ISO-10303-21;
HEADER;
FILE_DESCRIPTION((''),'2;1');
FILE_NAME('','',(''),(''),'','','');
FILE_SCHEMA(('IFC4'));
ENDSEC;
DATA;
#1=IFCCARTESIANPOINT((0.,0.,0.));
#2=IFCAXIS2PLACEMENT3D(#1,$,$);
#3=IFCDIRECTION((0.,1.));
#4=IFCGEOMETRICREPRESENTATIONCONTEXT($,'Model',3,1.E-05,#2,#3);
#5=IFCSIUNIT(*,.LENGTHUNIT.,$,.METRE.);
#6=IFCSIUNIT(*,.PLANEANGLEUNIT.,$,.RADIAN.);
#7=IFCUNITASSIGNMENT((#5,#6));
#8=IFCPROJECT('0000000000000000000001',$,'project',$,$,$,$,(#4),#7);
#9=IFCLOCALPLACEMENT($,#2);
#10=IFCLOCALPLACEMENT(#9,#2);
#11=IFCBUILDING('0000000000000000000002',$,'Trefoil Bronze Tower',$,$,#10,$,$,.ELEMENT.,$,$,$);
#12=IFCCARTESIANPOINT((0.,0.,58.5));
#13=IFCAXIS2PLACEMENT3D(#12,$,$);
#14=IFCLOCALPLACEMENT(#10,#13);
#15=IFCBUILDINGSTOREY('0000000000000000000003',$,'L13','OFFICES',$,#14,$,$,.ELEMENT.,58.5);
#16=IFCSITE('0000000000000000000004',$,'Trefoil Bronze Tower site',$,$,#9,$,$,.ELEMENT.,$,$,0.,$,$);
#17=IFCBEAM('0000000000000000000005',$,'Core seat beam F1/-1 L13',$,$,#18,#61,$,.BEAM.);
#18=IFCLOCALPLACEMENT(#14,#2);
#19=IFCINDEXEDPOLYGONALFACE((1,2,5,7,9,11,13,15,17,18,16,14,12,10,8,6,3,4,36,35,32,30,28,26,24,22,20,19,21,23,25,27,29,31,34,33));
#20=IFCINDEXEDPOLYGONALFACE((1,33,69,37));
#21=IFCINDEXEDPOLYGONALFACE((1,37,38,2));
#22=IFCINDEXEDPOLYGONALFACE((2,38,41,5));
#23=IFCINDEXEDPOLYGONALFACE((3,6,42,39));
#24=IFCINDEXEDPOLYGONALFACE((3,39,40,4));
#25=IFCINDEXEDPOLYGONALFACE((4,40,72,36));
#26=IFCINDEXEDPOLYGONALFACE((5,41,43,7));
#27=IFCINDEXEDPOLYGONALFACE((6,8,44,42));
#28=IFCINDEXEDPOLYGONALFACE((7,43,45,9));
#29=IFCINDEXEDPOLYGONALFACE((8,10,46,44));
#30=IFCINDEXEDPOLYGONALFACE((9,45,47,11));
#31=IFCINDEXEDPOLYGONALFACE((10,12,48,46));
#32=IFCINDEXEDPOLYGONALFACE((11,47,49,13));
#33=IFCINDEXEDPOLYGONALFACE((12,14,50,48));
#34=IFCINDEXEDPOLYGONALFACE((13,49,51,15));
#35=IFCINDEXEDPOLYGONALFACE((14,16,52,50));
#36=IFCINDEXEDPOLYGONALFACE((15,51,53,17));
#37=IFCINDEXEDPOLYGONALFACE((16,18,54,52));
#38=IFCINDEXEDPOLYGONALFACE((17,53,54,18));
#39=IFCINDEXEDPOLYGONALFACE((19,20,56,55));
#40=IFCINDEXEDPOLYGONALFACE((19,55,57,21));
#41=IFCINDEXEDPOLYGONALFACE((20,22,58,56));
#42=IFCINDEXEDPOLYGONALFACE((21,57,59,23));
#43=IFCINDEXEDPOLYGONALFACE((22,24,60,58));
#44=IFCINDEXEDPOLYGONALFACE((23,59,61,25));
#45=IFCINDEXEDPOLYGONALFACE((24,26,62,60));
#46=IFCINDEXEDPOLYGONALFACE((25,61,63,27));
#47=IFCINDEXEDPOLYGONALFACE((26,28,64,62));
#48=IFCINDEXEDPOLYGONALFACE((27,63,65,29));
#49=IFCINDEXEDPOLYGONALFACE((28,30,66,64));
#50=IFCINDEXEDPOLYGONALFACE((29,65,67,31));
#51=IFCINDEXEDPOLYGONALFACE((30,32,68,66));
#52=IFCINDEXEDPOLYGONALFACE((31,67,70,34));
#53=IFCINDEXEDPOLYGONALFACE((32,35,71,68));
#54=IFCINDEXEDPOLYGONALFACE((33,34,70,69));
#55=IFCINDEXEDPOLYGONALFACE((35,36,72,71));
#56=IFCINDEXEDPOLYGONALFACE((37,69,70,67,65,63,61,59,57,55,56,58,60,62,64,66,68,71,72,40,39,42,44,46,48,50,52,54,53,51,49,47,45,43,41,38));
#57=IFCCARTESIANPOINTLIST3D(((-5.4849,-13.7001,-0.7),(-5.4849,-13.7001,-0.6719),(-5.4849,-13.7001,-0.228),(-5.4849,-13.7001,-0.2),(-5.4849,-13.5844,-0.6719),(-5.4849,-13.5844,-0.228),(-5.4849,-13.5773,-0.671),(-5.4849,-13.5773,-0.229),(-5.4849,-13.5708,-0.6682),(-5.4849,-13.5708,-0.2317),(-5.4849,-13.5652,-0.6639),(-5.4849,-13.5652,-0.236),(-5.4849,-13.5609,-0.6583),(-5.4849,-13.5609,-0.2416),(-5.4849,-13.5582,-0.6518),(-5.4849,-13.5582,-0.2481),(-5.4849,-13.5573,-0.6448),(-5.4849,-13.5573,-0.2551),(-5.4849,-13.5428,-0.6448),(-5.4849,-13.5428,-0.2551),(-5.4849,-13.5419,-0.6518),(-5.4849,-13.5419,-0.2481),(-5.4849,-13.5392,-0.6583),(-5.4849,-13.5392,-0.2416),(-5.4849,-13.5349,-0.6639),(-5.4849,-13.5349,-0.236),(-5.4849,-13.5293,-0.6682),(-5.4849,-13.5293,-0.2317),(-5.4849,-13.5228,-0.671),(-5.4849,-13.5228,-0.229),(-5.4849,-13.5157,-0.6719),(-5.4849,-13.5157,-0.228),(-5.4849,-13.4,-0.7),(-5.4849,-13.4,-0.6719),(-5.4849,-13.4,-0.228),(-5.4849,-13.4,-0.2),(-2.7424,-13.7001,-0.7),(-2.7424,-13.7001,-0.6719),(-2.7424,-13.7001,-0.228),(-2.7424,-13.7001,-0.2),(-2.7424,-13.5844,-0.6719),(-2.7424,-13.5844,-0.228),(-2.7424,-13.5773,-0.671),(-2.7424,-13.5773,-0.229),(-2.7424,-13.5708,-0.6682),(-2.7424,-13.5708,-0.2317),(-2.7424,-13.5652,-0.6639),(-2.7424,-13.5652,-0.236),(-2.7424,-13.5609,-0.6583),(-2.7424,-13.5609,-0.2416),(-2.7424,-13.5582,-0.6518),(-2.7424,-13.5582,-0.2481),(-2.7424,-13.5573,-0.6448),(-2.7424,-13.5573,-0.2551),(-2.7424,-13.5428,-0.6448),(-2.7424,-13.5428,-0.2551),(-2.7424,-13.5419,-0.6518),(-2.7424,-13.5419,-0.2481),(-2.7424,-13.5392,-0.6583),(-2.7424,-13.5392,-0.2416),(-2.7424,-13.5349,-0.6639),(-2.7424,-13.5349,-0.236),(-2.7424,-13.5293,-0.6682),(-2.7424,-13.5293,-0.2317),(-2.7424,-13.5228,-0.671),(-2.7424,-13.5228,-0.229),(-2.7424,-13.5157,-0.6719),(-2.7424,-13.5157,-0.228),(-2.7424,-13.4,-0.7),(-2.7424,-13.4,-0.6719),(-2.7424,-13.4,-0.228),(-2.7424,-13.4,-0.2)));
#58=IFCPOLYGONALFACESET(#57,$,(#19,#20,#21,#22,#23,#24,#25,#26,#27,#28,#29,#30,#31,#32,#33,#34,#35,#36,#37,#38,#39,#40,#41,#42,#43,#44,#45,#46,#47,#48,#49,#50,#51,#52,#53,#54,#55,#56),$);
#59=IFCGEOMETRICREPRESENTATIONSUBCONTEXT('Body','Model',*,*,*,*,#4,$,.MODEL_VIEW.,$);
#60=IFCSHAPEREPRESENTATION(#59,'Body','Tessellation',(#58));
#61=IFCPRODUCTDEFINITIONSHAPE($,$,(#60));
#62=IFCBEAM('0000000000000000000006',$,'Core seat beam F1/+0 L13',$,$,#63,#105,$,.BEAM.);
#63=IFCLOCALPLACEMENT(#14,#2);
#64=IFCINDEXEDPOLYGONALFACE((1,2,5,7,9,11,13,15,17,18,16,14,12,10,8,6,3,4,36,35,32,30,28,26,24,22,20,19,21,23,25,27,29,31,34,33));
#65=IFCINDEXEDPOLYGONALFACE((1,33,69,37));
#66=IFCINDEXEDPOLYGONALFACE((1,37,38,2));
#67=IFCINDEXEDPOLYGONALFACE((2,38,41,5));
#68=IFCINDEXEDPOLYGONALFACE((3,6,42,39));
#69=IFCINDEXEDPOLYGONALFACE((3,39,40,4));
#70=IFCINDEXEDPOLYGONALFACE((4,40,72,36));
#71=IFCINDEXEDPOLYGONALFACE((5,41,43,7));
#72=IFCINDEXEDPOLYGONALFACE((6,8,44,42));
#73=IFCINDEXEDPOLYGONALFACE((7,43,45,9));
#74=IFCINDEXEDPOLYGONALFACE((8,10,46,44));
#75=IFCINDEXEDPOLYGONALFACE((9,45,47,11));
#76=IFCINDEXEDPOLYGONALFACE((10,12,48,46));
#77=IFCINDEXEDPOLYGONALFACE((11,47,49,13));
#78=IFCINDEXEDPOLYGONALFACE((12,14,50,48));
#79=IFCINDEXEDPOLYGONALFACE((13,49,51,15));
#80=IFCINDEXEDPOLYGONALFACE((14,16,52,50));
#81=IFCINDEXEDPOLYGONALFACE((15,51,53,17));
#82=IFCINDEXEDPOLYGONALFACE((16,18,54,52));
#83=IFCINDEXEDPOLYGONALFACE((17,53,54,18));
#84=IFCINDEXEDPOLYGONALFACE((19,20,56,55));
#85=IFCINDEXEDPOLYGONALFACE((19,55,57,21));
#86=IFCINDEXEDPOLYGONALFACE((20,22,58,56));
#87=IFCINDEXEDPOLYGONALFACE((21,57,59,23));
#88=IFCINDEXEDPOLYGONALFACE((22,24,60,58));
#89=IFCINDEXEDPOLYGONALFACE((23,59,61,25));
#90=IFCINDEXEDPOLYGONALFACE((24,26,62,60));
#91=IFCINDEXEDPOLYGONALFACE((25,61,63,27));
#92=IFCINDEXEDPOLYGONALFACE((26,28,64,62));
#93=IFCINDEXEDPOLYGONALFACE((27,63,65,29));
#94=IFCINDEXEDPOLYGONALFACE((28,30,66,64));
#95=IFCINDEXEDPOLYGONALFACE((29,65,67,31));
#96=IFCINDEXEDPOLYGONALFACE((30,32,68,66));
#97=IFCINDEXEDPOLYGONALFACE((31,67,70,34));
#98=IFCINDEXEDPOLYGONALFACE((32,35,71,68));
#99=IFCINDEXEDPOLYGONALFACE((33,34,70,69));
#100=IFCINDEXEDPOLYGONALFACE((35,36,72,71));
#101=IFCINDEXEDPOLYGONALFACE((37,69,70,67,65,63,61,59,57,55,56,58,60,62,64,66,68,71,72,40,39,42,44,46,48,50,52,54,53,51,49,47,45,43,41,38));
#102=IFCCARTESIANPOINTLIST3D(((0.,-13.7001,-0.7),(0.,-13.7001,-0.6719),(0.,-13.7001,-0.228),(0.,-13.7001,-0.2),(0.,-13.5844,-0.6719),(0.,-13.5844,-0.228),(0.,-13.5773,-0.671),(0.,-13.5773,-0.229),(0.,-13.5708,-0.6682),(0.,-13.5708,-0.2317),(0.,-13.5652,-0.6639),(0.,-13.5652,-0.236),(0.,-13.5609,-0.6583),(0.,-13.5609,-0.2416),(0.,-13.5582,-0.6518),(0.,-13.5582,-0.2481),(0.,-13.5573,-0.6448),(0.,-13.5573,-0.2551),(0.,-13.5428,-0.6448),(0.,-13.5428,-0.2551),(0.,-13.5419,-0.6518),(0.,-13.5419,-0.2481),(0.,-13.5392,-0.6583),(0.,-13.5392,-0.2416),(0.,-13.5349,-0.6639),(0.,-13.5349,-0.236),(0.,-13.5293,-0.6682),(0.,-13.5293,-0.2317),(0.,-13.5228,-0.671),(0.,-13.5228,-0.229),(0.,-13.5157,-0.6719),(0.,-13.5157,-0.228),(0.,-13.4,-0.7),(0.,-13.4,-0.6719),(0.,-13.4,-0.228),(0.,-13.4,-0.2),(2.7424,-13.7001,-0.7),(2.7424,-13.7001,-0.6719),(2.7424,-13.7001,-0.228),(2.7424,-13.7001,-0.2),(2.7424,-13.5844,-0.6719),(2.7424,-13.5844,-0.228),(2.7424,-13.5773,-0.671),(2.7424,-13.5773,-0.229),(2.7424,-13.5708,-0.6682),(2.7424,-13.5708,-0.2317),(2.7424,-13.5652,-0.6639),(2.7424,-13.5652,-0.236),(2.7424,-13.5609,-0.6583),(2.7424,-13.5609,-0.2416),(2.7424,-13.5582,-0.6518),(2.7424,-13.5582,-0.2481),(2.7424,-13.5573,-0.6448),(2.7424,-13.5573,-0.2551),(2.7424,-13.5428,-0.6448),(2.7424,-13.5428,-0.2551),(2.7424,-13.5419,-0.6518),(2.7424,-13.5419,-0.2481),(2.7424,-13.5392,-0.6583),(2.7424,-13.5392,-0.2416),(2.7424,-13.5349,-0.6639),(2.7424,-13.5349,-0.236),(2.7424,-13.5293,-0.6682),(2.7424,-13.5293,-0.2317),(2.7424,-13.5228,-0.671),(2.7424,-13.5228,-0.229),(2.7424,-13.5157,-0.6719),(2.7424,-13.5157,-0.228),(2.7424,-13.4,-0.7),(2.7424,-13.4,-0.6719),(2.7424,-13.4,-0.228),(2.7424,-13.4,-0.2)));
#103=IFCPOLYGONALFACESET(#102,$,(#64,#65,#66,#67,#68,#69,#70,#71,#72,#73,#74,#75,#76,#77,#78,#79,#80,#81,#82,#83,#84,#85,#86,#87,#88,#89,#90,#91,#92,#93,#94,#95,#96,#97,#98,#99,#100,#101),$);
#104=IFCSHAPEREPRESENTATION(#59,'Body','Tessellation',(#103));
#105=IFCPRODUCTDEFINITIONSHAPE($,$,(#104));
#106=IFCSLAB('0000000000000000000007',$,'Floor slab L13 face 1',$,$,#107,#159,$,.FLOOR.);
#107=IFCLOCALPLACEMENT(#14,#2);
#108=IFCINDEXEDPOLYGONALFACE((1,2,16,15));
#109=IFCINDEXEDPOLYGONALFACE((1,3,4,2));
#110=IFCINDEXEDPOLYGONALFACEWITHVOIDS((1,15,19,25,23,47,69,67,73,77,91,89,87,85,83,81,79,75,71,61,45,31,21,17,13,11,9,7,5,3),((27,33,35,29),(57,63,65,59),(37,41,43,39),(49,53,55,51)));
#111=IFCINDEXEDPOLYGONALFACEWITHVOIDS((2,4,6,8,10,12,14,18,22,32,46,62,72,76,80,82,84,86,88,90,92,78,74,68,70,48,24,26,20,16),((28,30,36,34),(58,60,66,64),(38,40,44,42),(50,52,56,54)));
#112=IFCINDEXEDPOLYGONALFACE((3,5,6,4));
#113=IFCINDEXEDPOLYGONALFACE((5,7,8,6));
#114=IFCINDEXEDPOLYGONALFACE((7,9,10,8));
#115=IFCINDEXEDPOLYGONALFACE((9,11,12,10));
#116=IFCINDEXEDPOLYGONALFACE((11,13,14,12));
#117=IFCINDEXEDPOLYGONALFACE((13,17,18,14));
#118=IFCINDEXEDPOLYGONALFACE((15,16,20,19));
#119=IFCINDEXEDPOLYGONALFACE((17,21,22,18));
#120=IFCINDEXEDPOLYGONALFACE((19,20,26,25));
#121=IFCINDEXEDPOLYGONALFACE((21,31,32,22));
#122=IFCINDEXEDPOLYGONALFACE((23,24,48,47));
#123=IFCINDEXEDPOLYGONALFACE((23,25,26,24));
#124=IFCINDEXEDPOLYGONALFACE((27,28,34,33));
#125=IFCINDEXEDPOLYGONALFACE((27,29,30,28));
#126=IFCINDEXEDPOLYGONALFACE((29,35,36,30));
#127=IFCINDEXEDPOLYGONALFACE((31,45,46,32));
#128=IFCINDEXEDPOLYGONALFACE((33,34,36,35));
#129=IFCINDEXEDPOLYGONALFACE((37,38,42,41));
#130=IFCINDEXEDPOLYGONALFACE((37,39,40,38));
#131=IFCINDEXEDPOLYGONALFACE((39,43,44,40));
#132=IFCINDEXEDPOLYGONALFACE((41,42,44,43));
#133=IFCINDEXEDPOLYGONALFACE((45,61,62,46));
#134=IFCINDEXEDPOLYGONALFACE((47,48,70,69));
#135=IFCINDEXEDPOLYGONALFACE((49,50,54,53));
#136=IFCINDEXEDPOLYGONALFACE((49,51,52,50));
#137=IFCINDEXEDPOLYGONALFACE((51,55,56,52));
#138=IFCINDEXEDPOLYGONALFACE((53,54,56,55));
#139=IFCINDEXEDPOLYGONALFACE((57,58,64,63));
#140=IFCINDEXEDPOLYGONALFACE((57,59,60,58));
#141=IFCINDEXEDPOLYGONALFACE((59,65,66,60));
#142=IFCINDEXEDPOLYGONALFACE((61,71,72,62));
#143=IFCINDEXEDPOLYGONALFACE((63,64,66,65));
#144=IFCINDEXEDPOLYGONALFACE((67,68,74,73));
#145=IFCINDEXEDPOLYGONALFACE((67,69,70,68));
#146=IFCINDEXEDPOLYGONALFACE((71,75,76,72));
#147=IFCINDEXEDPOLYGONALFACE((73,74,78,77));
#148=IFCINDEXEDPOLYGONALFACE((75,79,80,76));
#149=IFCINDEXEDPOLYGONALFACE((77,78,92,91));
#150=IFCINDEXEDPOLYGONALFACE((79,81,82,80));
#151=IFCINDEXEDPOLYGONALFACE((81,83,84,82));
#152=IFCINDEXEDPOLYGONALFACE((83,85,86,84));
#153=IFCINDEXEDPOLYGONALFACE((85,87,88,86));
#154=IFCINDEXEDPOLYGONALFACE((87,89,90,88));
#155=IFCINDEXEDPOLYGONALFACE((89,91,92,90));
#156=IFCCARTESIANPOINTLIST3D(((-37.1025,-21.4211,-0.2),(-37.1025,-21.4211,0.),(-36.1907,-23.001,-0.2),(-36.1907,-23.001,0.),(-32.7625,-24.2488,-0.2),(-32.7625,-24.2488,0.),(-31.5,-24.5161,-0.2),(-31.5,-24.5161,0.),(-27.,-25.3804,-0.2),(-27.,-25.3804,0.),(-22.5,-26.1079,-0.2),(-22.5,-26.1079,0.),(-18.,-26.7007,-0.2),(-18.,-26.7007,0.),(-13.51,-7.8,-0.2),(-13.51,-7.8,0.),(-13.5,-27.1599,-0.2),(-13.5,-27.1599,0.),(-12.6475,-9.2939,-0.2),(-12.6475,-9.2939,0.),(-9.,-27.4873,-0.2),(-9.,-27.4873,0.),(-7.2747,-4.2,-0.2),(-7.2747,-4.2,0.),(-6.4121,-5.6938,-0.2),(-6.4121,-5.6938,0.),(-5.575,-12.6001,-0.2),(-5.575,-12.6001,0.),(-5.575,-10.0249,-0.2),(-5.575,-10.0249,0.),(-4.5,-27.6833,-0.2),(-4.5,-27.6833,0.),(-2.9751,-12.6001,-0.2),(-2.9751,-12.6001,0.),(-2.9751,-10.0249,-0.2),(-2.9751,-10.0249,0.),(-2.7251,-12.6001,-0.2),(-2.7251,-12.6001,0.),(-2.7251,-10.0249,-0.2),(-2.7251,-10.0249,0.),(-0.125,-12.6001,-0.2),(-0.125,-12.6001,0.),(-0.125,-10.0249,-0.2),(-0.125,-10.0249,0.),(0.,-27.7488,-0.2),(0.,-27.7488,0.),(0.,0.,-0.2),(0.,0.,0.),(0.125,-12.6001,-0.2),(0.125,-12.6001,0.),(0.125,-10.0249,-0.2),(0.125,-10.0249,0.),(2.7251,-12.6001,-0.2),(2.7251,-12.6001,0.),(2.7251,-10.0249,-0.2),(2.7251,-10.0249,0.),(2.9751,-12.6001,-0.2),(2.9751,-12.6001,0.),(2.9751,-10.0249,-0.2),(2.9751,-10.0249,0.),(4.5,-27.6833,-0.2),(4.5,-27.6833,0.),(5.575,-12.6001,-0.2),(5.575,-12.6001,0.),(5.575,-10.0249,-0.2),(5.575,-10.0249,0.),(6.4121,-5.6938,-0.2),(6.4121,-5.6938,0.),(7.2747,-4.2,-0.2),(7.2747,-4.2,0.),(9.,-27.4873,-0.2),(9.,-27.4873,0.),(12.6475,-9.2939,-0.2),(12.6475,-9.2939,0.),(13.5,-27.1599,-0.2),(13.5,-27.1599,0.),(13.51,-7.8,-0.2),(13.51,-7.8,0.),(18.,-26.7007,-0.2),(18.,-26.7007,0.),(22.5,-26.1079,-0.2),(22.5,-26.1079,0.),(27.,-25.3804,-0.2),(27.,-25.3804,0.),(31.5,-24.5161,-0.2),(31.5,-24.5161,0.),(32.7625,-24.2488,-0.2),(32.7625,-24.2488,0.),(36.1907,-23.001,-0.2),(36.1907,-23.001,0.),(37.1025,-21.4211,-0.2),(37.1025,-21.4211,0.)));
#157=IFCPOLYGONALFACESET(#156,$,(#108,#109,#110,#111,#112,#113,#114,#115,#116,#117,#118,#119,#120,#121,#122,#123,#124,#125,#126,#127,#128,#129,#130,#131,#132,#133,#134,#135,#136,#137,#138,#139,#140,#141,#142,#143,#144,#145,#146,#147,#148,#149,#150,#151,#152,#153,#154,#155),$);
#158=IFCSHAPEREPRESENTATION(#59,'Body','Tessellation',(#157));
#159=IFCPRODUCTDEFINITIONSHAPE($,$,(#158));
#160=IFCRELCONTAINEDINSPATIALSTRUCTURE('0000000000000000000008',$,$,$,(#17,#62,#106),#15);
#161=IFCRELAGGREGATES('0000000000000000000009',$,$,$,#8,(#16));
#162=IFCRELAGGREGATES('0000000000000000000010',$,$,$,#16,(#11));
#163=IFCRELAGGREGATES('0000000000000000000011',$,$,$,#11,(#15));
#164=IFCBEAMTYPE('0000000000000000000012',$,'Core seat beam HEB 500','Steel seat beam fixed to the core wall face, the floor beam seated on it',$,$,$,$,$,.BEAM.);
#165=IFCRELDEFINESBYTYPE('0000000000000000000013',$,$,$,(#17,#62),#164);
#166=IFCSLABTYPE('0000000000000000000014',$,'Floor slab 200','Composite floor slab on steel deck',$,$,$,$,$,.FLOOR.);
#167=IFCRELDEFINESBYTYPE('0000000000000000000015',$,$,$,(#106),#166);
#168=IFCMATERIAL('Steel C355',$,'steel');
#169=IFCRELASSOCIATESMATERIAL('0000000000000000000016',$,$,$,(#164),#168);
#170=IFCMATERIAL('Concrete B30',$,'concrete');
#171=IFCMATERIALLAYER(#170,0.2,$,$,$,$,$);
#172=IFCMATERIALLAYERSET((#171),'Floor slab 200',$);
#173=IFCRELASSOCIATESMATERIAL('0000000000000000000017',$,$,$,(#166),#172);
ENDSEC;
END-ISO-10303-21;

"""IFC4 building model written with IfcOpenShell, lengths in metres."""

from ifc_helpers import new_model, si_unit, direction, frame, origin, origin_2d, place, context, subcontext, project, spatial, polyline, i_section, outline, extrude, material, layer, layer_set, material_profile, profile_set, type_object, element, save


model = new_model("IFC4")

# Units and contexts
model_context = context("Model", 3, precision=1e-05, world=origin(), true_north=direction((0.0, 1.0)))
body_context = subcontext(model_context, "Body", "Model", "MODEL_VIEW")
ifc_project = project(units=[si_unit("LENGTHUNIT", "METRE"), si_unit("PLANEANGLEUNIT", "RADIAN")], contexts=[model_context])

# Site, building, storey
site_placement = place(None, origin())
site = spatial("IfcSite", under=ifc_project, at=site_placement, Name="Trefoil Bronze Tower site", CompositionType="ELEMENT", RefElevation=0.0)
building_placement = place(site_placement, origin())
building = spatial("IfcBuilding", under=site, at=building_placement, Name="Trefoil Bronze Tower", CompositionType="ELEMENT")
storey_placement = place(building_placement, frame((0.0, 0.0, 58.5)))
storey = spatial("IfcBuildingStorey", under=building, at=storey_placement, Name="L13", Description="OFFICES", CompositionType="ELEMENT", Elevation=58.5)

# Beams
ifc_material_1 = material(Name="Steel C355", Category="steel")
ifc_material_profile = material_profile(ifc_material_1, i_section(OverallWidth=0.3, OverallDepth=0.5, WebThickness=0.0144, FlangeThickness=0.0281, FilletRadius=0.0271, at=origin_2d()), Name="HEB 500")
ifc_profile_set = profile_set([ifc_material_profile], Name="Steel C355")
beam_type = type_object("IfcBeamType", Name="Core seat beam HEB 500", Description="Steel seat beam fixed to the core wall face, the floor beam seated on it", PredefinedType="BEAM", material=ifc_profile_set)
for number, where, z_axis, x_axis, name in (
    (1, (-5.4849, -13.55, -0.45), (1.0, 0.0, 0.0), (0.0, 1.0, 0.0), "Core seat beam F1/-1 L13"),
    (2, (0.0, -13.55, -0.45), (1.0, 0.0, 0.0), (0.0, 1.0, 0.0), "Core seat beam F1/+0 L13"),
):
    element("IfcBeam", number, at=place(storey_placement, frame(where, z_axis=z_axis, x_axis=x_axis)), inside=storey, type_object=beam_type, Name=name, PredefinedType="BEAM", context=body_context, shape_type="SweptSolid", body=[
        extrude(i_section(OverallWidth=0.3, OverallDepth=0.5, WebThickness=0.0144, FlangeThickness=0.0281, FilletRadius=0.0271, at=origin_2d()), origin(), (0.0, 0.0, 1.0), 2.7424),
    ])

# Slab
ifc_material_2 = material(Name="Concrete B30", Category="concrete")
ifc_layer_1 = layer(ifc_material_2, 0.2)
ifc_layer_set_1 = layer_set([ifc_layer_1], Name="Floor slab 200")
slab_type = type_object("IfcSlabType", Name="Floor slab 200", Description="Composite floor slab on steel deck", PredefinedType="FLOOR", material=ifc_layer_set_1)
slab_1_placement = place(storey_placement, frame((0.0, 0.0, -0.2)))
element("IfcSlab", 3, at=slab_1_placement, inside=storey, type_object=slab_type, Name="Floor slab L13 face 1", PredefinedType="FLOOR", context=body_context, shape_type="SweptSolid", body=[
    extrude(outline(polyline([(27.0, -25.3804), (22.5, -26.1079), (18.0, -26.7007), (13.5, -27.1599), (9.0, -27.4873), (4.5, -27.6833), (0.0, -27.7488), (-4.5, -27.6833), (-9.0, -27.4873), (-13.5, -27.1599), (-18.0, -26.7007), (-22.5, -26.1079), (-27.0, -25.3804), (-31.5, -24.5161), (-32.7625, -24.2488), (-36.1907, -23.001), (-37.1025, -21.4211), (-13.51, -7.8), (-12.6475, -9.2939), (-6.4121, -5.6938), (-7.2747, -4.2), (0.0, 0.0), (7.2747, -4.2), (6.4121, -5.6938), (12.6475, -9.2939), (13.51, -7.8), (37.1025, -21.4211), (36.1907, -23.001), (32.7625, -24.2488), (31.5, -24.5161), (27.0, -25.3804)]), holes=[polyline([(-5.575, -10.0249), (-2.9751, -10.0249), (-2.9751, -12.6001), (-5.575, -12.6001), (-5.575, -10.0249)]), polyline([(-2.7251, -10.0249), (-0.125, -10.0249), (-0.125, -12.6001), (-2.7251, -12.6001), (-2.7251, -10.0249)]), polyline([(0.125, -10.0249), (2.7251, -10.0249), (2.7251, -12.6001), (0.125, -12.6001), (0.125, -10.0249)]), polyline([(2.9751, -10.0249), (5.575, -10.0249), (5.575, -12.6001), (2.9751, -12.6001), (2.9751, -10.0249)])]), origin(), (0.0, 0.0, 1.0), 0.2),
])

save(model, "model.ifc")
